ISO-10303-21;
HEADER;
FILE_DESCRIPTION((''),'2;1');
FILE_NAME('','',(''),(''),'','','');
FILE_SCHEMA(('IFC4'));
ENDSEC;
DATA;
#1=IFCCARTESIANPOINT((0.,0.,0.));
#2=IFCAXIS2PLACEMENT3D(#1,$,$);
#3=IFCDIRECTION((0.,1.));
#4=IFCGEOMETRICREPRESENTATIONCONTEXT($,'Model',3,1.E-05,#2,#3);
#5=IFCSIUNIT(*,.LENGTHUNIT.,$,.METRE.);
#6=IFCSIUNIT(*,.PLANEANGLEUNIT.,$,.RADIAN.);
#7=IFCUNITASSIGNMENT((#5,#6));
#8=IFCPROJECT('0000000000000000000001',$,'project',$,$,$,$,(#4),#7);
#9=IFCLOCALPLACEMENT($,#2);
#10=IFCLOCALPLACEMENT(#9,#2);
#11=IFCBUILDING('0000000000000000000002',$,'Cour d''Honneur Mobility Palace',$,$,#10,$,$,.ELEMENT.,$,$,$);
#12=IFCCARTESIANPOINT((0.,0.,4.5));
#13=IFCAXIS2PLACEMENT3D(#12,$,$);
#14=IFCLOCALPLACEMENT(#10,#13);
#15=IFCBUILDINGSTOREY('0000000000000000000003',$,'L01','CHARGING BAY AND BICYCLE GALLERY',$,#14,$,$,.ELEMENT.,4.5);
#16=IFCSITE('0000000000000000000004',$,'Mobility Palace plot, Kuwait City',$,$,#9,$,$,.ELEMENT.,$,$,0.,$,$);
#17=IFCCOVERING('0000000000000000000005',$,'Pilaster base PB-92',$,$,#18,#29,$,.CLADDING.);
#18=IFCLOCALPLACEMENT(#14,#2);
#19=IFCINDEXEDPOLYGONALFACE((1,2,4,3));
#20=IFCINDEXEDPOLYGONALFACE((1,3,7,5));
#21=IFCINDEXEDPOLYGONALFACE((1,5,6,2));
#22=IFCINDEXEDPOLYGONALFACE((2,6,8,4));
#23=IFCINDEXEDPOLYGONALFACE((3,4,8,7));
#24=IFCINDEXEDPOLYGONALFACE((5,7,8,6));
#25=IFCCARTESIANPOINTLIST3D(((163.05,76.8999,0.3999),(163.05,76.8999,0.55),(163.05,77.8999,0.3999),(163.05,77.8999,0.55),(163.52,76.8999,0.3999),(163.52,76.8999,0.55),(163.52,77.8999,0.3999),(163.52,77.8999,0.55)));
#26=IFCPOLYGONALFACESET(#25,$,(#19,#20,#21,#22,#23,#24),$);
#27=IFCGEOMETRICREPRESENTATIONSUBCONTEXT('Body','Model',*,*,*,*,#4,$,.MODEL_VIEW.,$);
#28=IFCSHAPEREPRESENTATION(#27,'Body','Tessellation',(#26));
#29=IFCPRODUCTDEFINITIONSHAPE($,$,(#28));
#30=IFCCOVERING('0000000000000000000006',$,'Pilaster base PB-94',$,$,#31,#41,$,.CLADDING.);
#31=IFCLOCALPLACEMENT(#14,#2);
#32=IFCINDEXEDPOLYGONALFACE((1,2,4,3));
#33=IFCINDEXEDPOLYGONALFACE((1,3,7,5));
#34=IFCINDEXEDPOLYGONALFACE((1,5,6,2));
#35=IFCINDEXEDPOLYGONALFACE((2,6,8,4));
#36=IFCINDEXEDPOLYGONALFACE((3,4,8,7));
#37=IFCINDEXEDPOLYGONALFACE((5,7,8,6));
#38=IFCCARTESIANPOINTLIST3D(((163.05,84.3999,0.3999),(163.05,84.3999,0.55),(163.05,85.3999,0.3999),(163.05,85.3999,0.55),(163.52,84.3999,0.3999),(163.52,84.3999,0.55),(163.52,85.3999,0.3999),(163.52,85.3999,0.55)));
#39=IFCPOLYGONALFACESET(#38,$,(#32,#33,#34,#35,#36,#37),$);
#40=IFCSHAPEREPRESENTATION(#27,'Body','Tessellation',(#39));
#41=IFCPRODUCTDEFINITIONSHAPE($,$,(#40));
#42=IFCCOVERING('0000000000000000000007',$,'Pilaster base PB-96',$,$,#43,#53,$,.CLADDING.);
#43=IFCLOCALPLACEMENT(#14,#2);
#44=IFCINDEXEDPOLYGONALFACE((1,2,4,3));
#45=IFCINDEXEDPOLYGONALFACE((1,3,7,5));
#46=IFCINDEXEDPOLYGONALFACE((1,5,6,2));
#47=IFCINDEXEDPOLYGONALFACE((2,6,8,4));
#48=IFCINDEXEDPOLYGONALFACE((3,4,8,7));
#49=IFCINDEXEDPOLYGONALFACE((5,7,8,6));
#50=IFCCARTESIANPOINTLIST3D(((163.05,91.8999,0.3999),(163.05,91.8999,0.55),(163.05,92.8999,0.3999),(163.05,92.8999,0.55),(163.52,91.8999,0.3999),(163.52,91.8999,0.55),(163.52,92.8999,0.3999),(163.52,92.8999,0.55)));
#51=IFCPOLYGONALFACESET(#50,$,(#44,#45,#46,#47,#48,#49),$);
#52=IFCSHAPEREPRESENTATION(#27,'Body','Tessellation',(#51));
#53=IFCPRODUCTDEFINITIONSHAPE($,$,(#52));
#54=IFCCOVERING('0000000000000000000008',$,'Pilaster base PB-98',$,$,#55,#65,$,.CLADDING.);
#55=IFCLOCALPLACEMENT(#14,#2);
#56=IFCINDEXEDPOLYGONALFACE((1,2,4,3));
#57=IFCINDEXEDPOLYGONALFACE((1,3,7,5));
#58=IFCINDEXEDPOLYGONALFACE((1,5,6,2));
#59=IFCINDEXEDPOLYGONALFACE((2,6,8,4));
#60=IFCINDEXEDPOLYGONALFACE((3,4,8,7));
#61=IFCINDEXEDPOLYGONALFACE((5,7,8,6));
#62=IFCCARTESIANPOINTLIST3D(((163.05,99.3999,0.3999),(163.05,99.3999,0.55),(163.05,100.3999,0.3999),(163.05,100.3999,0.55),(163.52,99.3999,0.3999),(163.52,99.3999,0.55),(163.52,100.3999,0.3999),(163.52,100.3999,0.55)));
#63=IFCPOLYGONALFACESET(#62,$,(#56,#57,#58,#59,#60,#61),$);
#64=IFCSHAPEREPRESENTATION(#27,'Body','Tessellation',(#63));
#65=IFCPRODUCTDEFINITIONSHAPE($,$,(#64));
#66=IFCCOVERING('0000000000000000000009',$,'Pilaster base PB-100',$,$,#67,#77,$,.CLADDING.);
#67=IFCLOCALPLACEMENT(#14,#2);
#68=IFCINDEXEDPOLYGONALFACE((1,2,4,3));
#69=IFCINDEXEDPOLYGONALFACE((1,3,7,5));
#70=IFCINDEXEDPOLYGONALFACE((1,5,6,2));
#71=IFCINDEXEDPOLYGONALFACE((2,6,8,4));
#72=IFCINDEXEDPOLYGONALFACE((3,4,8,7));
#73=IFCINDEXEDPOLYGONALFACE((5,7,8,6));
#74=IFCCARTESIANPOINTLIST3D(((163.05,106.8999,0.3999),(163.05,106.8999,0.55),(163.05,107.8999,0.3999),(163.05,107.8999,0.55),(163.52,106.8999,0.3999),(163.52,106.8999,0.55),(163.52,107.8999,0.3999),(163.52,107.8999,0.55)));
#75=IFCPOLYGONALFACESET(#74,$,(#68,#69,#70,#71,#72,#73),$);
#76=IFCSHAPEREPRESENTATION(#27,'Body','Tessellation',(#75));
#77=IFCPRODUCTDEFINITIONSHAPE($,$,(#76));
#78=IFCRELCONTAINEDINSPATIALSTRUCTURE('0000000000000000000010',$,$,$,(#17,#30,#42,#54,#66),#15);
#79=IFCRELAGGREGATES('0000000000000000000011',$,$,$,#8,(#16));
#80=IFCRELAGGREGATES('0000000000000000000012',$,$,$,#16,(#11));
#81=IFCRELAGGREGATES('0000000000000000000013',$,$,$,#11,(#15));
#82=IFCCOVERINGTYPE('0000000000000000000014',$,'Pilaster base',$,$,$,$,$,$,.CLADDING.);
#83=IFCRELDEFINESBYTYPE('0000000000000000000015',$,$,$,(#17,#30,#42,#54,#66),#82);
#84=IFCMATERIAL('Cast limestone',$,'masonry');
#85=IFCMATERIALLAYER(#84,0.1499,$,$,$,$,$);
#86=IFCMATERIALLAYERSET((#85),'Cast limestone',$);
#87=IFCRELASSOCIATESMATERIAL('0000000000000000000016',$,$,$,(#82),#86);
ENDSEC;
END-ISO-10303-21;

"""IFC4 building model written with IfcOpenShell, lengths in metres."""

from ifc_helpers import new_model, si_unit, direction, frame, origin, place, context, subcontext, project, spatial, polyline, outline, extrude, material, layer, layer_set, type_object, element, save


model = new_model("IFC4")

# Units and contexts
model_context = context("Model", 3, precision=1e-05, world=origin(), true_north=direction((0.0, 1.0)))
body_context = subcontext(model_context, "Body", "Model", "MODEL_VIEW")
ifc_project = project(units=[si_unit("LENGTHUNIT", "METRE"), si_unit("PLANEANGLEUNIT", "RADIAN")], contexts=[model_context])

# Site, building, storey
site_placement = place(None, origin())
site = spatial("IfcSite", under=ifc_project, at=site_placement, Name="Mobility Palace plot, Kuwait City", CompositionType="ELEMENT", RefElevation=0.0)
building_placement = place(site_placement, origin())
building = spatial("IfcBuilding", under=site, at=building_placement, Name="Cour d'Honneur Mobility Palace", CompositionType="ELEMENT")
storey_placement = place(building_placement, frame((0.0, 0.0, 4.5)))
storey = spatial("IfcBuildingStorey", under=building, at=storey_placement, Name="L01", Description="CHARGING BAY AND BICYCLE GALLERY", CompositionType="ELEMENT", Elevation=4.5)

# Coverings
ifc_material = material(Name="Cast limestone", Category="masonry")
ifc_layer = layer(ifc_material, 0.1499)
ifc_layer_set = layer_set([ifc_layer], Name="Cast limestone")
covering_type = type_object("IfcCoveringType", Name="Pilaster base", PredefinedType="CLADDING", material=ifc_layer_set)
covering_1_placement = place(storey_placement, frame((0.0, 0.0, 0.3999)))
element("IfcCovering", 1, at=covering_1_placement, inside=storey, type_object=covering_type, Name="Pilaster base PB-92", PredefinedType="CLADDING", context=body_context, shape_type="SweptSolid", body=[
    extrude(outline(polyline([(163.05, 76.8999), (163.05, 77.8999), (163.52, 77.8999), (163.52, 76.8999), (163.05, 76.8999)])), origin(), (0.0, 0.0, 1.0), 0.1501),
])
covering_2_placement = place(storey_placement, frame((0.0, 0.0, 0.3999)))
element("IfcCovering", 2, at=covering_2_placement, inside=storey, type_object=covering_type, Name="Pilaster base PB-94", PredefinedType="CLADDING", context=body_context, shape_type="SweptSolid", body=[
    extrude(outline(polyline([(163.05, 84.3999), (163.05, 85.3999), (163.52, 85.3999), (163.52, 84.3999), (163.05, 84.3999)])), origin(), (0.0, 0.0, 1.0), 0.1501),
])
covering_3_placement = place(storey_placement, frame((0.0, 0.0, 0.3999)))
element("IfcCovering", 3, at=covering_3_placement, inside=storey, type_object=covering_type, Name="Pilaster base PB-96", PredefinedType="CLADDING", context=body_context, shape_type="SweptSolid", body=[
    extrude(outline(polyline([(163.05, 91.8999), (163.05, 92.8999), (163.52, 92.8999), (163.52, 91.8999), (163.05, 91.8999)])), origin(), (0.0, 0.0, 1.0), 0.1501),
])
covering_4_placement = place(storey_placement, frame((0.0, 0.0, 0.3999)))
element("IfcCovering", 4, at=covering_4_placement, inside=storey, type_object=covering_type, Name="Pilaster base PB-98", PredefinedType="CLADDING", context=body_context, shape_type="SweptSolid", body=[
    extrude(outline(polyline([(163.05, 99.3999), (163.05, 100.3999), (163.52, 100.3999), (163.52, 99.3999), (163.05, 99.3999)])), origin(), (0.0, 0.0, 1.0), 0.1501),
])
covering_5_placement = place(storey_placement, frame((0.0, 0.0, 0.3999)))
element("IfcCovering", 5, at=covering_5_placement, inside=storey, type_object=covering_type, Name="Pilaster base PB-100", PredefinedType="CLADDING", context=body_context, shape_type="SweptSolid", body=[
    extrude(outline(polyline([(163.05, 106.8999), (163.05, 107.8999), (163.52, 107.8999), (163.52, 106.8999), (163.05, 106.8999)])), origin(), (0.0, 0.0, 1.0), 0.1501),
])

save(model, "model.ifc")
